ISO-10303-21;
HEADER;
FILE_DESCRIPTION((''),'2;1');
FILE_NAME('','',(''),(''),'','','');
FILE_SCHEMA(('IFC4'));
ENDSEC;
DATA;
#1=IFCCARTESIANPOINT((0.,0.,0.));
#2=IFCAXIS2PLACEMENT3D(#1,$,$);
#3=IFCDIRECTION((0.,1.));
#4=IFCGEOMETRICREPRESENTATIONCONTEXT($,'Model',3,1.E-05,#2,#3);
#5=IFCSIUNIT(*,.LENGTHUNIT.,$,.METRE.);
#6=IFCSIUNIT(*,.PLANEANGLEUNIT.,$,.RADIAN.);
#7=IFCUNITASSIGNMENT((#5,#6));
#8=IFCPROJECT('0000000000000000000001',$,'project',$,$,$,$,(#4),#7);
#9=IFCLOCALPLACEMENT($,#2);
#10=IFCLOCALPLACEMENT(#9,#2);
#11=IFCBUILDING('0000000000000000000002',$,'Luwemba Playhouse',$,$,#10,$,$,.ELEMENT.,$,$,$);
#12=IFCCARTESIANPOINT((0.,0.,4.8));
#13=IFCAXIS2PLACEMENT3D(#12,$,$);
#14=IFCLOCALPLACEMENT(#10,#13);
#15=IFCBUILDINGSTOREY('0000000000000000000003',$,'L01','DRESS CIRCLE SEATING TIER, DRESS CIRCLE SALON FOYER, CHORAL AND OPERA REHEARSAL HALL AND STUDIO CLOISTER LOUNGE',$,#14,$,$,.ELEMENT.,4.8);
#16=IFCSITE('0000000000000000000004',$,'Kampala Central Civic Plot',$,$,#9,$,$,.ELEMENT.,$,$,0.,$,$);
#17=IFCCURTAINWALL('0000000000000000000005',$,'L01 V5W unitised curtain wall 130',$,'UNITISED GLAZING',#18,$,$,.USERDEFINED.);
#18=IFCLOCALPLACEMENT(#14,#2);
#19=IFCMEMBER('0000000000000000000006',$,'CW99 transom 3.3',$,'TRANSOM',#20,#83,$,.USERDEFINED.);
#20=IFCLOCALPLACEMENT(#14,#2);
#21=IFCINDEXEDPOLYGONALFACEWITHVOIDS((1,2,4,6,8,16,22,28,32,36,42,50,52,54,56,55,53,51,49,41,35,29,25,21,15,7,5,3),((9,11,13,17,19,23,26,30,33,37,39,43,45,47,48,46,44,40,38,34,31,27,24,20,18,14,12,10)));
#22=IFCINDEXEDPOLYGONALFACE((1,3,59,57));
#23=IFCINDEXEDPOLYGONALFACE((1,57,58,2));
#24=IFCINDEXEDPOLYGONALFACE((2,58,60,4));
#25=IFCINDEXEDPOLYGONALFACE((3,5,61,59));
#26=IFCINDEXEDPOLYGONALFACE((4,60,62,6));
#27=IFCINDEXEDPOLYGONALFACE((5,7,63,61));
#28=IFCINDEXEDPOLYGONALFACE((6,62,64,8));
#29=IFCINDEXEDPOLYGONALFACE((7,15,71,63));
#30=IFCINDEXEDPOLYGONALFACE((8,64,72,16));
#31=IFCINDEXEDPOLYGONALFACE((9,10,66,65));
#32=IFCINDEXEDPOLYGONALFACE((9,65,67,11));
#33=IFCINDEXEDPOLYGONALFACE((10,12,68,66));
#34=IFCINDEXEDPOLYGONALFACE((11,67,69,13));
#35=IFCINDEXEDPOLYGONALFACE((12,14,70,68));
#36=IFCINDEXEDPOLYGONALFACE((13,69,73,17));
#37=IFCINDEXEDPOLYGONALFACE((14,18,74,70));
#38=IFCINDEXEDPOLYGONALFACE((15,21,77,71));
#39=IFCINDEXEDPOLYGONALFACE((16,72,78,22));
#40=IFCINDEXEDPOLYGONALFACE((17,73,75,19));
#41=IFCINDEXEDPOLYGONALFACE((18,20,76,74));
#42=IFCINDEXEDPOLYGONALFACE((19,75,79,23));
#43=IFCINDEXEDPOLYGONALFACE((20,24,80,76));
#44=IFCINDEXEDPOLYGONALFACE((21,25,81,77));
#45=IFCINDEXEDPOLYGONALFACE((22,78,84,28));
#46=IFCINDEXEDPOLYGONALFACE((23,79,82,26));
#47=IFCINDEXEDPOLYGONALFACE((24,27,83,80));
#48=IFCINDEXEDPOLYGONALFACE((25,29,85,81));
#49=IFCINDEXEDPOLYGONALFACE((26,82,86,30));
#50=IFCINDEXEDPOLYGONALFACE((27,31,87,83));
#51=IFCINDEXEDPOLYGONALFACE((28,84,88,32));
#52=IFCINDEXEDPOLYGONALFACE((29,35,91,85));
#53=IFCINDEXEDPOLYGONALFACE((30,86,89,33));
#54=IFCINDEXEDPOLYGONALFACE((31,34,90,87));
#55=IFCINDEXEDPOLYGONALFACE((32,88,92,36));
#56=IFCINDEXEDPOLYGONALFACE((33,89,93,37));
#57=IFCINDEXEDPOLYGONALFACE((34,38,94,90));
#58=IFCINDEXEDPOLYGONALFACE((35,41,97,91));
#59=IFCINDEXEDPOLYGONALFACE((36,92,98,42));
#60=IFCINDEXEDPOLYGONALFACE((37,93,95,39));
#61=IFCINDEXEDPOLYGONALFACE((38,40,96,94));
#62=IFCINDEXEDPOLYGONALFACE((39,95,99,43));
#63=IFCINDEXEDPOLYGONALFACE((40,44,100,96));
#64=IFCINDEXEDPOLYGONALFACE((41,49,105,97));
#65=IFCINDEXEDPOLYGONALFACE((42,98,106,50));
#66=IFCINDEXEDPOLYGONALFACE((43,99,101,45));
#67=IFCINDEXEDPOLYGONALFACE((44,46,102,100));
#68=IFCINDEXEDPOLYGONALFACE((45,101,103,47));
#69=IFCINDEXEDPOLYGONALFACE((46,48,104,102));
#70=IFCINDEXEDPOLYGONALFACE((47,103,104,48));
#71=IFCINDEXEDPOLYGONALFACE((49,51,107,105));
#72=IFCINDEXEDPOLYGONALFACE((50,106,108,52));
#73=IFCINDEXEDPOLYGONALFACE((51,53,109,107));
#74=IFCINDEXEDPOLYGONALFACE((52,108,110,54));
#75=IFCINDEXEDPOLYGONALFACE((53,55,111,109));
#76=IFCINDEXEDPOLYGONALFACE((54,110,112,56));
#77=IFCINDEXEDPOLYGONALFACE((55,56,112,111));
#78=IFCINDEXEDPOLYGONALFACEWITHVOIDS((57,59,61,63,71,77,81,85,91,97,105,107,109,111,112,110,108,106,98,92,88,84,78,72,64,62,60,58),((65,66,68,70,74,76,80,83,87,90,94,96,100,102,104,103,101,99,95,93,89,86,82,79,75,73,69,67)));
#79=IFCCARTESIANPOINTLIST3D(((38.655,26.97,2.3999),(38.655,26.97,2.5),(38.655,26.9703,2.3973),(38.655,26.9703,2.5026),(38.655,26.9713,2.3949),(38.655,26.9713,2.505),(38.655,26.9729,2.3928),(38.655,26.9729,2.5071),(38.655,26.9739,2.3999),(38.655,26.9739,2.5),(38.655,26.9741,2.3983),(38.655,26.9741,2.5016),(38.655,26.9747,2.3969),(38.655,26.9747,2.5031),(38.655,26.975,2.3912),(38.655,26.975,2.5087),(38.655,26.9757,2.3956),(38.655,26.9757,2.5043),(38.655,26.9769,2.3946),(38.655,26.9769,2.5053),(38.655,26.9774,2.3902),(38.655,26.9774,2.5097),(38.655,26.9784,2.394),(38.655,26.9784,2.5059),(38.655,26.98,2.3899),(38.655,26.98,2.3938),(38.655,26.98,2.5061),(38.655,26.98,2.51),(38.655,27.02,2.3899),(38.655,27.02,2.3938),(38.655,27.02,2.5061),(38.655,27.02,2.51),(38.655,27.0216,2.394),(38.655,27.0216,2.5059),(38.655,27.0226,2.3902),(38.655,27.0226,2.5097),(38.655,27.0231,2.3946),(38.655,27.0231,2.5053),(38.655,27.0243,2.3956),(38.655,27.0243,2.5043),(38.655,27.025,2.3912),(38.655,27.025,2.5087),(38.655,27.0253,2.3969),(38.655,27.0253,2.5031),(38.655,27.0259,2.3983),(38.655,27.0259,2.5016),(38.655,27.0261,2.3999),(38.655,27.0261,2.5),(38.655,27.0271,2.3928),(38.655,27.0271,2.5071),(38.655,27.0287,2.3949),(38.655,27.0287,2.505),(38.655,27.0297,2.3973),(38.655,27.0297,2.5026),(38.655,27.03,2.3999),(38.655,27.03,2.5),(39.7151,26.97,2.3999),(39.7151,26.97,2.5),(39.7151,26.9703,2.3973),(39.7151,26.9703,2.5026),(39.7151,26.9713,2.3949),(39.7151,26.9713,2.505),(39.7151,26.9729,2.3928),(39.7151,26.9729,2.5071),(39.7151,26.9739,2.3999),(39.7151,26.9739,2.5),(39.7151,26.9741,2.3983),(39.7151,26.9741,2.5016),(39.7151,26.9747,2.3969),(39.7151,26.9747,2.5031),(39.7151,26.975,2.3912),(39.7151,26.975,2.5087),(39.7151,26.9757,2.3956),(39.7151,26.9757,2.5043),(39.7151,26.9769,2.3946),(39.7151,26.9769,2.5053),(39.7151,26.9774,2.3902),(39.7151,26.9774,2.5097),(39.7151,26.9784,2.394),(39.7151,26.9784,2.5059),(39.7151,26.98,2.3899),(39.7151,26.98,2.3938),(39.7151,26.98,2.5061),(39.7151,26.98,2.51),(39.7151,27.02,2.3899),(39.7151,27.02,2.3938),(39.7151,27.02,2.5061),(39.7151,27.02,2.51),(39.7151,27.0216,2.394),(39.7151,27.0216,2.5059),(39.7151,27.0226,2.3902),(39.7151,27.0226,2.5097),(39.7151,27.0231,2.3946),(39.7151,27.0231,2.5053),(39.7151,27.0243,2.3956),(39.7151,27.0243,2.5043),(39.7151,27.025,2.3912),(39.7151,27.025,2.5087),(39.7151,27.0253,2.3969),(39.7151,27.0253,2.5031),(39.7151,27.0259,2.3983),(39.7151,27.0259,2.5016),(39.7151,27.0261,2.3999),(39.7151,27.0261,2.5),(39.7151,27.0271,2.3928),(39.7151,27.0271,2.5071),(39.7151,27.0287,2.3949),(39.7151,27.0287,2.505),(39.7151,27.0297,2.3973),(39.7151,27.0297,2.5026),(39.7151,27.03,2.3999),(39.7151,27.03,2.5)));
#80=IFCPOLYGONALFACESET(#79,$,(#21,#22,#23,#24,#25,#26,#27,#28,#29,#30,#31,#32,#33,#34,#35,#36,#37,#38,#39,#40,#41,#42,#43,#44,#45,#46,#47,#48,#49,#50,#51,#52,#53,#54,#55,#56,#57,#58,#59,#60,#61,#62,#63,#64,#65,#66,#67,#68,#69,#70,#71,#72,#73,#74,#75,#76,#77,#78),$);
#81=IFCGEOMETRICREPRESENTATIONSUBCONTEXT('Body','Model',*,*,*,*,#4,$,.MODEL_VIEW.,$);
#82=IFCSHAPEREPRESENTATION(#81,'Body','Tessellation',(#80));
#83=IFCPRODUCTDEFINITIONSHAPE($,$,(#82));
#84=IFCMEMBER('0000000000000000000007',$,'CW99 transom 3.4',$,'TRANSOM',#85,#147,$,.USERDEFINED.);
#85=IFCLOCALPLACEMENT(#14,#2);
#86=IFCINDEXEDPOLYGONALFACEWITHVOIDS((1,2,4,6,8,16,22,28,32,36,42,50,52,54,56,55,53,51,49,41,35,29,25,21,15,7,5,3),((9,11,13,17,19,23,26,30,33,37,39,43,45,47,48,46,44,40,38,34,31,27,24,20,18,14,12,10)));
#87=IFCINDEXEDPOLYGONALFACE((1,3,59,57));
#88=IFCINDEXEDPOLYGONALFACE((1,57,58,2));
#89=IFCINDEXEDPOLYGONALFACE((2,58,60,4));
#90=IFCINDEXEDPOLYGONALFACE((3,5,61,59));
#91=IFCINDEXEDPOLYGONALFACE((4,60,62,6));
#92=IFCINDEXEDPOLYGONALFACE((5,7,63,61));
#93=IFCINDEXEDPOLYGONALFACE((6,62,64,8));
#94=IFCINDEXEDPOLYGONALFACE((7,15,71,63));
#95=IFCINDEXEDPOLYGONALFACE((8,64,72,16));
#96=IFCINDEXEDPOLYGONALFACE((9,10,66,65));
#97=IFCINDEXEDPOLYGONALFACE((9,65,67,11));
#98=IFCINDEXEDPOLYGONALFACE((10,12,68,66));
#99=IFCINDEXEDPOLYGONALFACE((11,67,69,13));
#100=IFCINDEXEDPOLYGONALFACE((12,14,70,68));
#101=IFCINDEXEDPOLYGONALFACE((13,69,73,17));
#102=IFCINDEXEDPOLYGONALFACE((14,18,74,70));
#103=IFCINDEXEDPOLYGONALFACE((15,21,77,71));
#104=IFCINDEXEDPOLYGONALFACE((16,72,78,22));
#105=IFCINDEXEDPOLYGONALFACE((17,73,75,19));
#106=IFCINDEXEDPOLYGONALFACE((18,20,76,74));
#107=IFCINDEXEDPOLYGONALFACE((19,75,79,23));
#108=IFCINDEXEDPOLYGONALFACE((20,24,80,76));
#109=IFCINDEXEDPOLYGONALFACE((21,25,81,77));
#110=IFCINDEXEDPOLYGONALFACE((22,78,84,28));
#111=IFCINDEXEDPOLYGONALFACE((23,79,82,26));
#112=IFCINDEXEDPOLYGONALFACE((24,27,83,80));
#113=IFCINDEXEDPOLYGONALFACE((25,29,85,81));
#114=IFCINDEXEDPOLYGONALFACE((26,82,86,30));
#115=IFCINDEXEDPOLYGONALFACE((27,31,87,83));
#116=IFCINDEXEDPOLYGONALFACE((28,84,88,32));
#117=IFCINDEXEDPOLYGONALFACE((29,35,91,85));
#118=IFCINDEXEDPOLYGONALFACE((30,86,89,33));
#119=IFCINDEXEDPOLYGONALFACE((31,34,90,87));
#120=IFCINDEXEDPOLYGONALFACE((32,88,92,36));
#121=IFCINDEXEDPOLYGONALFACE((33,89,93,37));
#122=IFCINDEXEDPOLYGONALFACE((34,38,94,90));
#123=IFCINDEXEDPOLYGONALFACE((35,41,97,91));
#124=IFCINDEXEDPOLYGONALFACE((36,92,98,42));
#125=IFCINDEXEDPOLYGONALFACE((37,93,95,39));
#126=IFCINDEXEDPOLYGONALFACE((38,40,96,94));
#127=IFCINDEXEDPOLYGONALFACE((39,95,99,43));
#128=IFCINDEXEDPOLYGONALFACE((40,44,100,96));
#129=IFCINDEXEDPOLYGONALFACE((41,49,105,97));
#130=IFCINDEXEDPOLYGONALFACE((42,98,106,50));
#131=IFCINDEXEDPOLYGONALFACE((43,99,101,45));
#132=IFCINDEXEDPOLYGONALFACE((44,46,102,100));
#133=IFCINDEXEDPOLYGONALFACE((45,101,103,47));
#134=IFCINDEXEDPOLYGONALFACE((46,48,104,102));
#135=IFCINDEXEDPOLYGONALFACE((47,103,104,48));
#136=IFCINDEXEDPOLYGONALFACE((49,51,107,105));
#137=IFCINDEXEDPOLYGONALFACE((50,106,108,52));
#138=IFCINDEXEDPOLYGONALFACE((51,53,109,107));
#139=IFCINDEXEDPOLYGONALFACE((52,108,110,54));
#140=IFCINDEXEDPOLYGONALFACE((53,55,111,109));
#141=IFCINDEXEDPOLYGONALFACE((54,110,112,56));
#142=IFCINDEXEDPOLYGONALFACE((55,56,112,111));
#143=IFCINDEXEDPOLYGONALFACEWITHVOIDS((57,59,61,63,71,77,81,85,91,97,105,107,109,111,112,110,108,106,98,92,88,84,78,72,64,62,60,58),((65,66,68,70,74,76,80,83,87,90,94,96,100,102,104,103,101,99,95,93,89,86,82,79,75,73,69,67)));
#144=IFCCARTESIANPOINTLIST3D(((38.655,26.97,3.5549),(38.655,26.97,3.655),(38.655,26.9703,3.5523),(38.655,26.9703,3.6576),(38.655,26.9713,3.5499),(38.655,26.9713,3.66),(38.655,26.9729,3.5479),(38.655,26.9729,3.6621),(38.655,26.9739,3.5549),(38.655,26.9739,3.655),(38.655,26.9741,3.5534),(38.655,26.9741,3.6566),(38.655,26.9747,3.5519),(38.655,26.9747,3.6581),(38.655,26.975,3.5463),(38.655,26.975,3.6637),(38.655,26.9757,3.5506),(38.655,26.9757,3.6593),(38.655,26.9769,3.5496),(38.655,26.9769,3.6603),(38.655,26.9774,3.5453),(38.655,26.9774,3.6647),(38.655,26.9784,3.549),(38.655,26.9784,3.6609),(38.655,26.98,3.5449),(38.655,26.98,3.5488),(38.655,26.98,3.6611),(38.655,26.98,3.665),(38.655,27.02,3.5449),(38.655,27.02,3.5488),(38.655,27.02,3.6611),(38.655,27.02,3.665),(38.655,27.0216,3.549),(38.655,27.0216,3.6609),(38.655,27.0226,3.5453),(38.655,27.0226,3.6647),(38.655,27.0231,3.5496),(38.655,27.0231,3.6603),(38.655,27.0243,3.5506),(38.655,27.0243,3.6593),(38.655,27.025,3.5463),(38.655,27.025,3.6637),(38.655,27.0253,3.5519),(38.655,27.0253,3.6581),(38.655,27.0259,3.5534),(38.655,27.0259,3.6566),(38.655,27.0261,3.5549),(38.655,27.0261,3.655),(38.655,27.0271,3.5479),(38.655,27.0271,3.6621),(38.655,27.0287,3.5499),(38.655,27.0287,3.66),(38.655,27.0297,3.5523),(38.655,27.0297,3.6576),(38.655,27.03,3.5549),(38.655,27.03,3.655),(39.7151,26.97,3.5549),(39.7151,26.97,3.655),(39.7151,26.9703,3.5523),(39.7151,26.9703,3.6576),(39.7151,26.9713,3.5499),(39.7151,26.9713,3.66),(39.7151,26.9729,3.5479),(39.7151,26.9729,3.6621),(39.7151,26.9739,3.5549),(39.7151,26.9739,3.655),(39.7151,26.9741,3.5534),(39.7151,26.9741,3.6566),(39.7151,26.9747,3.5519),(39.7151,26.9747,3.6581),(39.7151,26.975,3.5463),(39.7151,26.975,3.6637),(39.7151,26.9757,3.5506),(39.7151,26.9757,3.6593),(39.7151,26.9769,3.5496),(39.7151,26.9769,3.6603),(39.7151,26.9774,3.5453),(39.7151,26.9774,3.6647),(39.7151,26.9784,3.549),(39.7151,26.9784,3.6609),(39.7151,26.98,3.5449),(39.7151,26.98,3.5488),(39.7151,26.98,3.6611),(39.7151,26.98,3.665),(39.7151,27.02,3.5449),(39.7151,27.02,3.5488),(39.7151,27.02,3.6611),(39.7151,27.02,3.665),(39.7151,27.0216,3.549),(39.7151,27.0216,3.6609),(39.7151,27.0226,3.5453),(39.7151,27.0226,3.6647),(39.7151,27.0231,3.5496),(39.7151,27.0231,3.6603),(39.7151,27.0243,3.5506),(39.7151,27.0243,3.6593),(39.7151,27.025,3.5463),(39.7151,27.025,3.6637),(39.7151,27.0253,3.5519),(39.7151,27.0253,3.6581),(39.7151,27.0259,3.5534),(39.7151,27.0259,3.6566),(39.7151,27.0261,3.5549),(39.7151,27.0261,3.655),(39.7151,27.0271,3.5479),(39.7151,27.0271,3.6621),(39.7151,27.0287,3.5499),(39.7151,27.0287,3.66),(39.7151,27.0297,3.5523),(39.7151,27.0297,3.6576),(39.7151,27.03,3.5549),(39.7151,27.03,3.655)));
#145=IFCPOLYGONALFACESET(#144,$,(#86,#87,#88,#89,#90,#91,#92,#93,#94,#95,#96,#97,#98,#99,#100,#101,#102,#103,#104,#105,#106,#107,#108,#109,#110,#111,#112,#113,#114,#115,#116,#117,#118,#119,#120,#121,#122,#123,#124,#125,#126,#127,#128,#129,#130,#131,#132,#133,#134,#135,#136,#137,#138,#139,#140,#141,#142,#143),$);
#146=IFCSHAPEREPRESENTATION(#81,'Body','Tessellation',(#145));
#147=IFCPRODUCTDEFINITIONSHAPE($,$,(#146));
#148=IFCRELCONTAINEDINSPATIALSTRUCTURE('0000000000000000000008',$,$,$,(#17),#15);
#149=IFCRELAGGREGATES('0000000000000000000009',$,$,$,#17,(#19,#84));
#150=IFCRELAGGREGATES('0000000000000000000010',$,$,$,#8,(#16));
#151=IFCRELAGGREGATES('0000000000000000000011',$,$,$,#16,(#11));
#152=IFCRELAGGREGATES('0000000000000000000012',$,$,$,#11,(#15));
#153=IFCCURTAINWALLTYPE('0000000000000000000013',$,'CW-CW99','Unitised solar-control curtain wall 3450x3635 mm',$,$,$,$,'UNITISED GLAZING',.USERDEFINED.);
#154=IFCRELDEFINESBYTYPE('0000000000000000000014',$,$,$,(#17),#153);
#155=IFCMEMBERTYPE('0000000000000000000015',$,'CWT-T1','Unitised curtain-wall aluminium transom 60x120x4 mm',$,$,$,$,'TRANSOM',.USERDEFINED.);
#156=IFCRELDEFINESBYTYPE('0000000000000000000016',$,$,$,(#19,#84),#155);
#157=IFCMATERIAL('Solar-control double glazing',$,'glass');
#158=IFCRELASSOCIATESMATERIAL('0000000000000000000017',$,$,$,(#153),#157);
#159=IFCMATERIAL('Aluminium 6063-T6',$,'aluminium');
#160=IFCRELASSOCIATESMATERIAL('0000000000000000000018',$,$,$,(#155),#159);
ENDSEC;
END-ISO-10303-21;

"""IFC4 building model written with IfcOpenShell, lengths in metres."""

from ifc_helpers import new_model, si_unit, direction, frame, origin, origin_2d, place, context, subcontext, project, spatial, hollow_rectangle, extrude, material, material_profile, profile_set, type_object, element, aggregate, save


model = new_model("IFC4")

# Units and contexts
model_context = context("Model", 3, precision=1e-05, world=origin(), true_north=direction((0.0, 1.0)))
body_context = subcontext(model_context, "Body", "Model", "MODEL_VIEW")
ifc_project = project(units=[si_unit("LENGTHUNIT", "METRE"), si_unit("PLANEANGLEUNIT", "RADIAN")], contexts=[model_context])

# Site, building, storey
site_placement = place(None, origin())
site = spatial("IfcSite", under=ifc_project, at=site_placement, Name="Kampala Central Civic Plot", CompositionType="ELEMENT", RefElevation=0.0)
building_placement = place(site_placement, origin())
building = spatial("IfcBuilding", under=site, at=building_placement, Name="Luwemba Playhouse", CompositionType="ELEMENT")
storey_placement = place(building_placement, frame((0.0, 0.0, 4.8)))
storey = spatial("IfcBuildingStorey", under=building, at=storey_placement, Name="L01", Description="DRESS CIRCLE SEATING TIER, DRESS CIRCLE SALON FOYER, CHORAL AND OPERA REHEARSAL HALL AND STUDIO CLOISTER LOUNGE", CompositionType="ELEMENT", Elevation=4.8)

# Curtain wall
ifc_material_1 = material(Name="Solar-control double glazing", Category="glass")
curtain_wall_type_1 = type_object("IfcCurtainWallType", Name="CW-CW99", Description="Unitised solar-control curtain wall 3450x3635 mm", ElementType="UNITISED GLAZING", PredefinedType="USERDEFINED", material=ifc_material_1)
curtain_wall_1_placement = place(storey_placement, origin())
curtain_wall_1 = element("IfcCurtainWall", 1, at=curtain_wall_1_placement, inside=storey, type_object=curtain_wall_type_1, Name="L01 V5W unitised curtain wall 130", ObjectType="UNITISED GLAZING", PredefinedType="USERDEFINED")
ifc_material_2 = material(Name="Aluminium 6063-T6", Category="aluminium")

# Members
ifc_material_profile_1 = material_profile(ifc_material_2, hollow_rectangle(XDim=0.0601, YDim=0.1201, WallThickness=0.0039, InnerFilletRadius=0.0061, OuterFilletRadius=0.01, at=origin_2d()))
ifc_profile_set_1 = profile_set([ifc_material_profile_1], Name="Aluminium 6063-T6")
member_type_1 = type_object("IfcMemberType", Name="CWT-T1", Description="Unitised curtain-wall aluminium transom 60x120x4 mm", ElementType="TRANSOM", PredefinedType="USERDEFINED", material=ifc_profile_set_1)
member_1_placement = place(storey_placement, frame((38.655, 27.0, 2.45), z_axis=(1.0, 0.0, 0.0), x_axis=(0.0, 1.0, 0.0)))
member_1 = element("IfcMember", 2, at=member_1_placement, type_object=member_type_1, Name="CW99 transom 3.3", ObjectType="TRANSOM", PredefinedType="USERDEFINED", context=body_context, shape_type="SweptSolid", body=[
    extrude(hollow_rectangle(XDim=0.0601, YDim=0.1201, WallThickness=0.0039, InnerFilletRadius=0.0061, OuterFilletRadius=0.01, at=origin_2d()), origin(), (0.0, 0.0, 1.0), 1.0601),
])
member_2_placement = place(storey_placement, frame((38.655, 27.0, 3.605), z_axis=(1.0, 0.0, 0.0), x_axis=(0.0, 1.0, 0.0)))
member_2 = element("IfcMember", 3, at=member_2_placement, type_object=member_type_1, Name="CW99 transom 3.4", ObjectType="TRANSOM", PredefinedType="USERDEFINED", context=body_context, shape_type="SweptSolid", body=[
    extrude(hollow_rectangle(XDim=0.0601, YDim=0.1201, WallThickness=0.0039, InnerFilletRadius=0.0061, OuterFilletRadius=0.01, at=origin_2d()), origin(), (0.0, 0.0, 1.0), 1.0601),
])

aggregate(curtain_wall_1, [member_1, member_2])

save(model, "model.ifc")
